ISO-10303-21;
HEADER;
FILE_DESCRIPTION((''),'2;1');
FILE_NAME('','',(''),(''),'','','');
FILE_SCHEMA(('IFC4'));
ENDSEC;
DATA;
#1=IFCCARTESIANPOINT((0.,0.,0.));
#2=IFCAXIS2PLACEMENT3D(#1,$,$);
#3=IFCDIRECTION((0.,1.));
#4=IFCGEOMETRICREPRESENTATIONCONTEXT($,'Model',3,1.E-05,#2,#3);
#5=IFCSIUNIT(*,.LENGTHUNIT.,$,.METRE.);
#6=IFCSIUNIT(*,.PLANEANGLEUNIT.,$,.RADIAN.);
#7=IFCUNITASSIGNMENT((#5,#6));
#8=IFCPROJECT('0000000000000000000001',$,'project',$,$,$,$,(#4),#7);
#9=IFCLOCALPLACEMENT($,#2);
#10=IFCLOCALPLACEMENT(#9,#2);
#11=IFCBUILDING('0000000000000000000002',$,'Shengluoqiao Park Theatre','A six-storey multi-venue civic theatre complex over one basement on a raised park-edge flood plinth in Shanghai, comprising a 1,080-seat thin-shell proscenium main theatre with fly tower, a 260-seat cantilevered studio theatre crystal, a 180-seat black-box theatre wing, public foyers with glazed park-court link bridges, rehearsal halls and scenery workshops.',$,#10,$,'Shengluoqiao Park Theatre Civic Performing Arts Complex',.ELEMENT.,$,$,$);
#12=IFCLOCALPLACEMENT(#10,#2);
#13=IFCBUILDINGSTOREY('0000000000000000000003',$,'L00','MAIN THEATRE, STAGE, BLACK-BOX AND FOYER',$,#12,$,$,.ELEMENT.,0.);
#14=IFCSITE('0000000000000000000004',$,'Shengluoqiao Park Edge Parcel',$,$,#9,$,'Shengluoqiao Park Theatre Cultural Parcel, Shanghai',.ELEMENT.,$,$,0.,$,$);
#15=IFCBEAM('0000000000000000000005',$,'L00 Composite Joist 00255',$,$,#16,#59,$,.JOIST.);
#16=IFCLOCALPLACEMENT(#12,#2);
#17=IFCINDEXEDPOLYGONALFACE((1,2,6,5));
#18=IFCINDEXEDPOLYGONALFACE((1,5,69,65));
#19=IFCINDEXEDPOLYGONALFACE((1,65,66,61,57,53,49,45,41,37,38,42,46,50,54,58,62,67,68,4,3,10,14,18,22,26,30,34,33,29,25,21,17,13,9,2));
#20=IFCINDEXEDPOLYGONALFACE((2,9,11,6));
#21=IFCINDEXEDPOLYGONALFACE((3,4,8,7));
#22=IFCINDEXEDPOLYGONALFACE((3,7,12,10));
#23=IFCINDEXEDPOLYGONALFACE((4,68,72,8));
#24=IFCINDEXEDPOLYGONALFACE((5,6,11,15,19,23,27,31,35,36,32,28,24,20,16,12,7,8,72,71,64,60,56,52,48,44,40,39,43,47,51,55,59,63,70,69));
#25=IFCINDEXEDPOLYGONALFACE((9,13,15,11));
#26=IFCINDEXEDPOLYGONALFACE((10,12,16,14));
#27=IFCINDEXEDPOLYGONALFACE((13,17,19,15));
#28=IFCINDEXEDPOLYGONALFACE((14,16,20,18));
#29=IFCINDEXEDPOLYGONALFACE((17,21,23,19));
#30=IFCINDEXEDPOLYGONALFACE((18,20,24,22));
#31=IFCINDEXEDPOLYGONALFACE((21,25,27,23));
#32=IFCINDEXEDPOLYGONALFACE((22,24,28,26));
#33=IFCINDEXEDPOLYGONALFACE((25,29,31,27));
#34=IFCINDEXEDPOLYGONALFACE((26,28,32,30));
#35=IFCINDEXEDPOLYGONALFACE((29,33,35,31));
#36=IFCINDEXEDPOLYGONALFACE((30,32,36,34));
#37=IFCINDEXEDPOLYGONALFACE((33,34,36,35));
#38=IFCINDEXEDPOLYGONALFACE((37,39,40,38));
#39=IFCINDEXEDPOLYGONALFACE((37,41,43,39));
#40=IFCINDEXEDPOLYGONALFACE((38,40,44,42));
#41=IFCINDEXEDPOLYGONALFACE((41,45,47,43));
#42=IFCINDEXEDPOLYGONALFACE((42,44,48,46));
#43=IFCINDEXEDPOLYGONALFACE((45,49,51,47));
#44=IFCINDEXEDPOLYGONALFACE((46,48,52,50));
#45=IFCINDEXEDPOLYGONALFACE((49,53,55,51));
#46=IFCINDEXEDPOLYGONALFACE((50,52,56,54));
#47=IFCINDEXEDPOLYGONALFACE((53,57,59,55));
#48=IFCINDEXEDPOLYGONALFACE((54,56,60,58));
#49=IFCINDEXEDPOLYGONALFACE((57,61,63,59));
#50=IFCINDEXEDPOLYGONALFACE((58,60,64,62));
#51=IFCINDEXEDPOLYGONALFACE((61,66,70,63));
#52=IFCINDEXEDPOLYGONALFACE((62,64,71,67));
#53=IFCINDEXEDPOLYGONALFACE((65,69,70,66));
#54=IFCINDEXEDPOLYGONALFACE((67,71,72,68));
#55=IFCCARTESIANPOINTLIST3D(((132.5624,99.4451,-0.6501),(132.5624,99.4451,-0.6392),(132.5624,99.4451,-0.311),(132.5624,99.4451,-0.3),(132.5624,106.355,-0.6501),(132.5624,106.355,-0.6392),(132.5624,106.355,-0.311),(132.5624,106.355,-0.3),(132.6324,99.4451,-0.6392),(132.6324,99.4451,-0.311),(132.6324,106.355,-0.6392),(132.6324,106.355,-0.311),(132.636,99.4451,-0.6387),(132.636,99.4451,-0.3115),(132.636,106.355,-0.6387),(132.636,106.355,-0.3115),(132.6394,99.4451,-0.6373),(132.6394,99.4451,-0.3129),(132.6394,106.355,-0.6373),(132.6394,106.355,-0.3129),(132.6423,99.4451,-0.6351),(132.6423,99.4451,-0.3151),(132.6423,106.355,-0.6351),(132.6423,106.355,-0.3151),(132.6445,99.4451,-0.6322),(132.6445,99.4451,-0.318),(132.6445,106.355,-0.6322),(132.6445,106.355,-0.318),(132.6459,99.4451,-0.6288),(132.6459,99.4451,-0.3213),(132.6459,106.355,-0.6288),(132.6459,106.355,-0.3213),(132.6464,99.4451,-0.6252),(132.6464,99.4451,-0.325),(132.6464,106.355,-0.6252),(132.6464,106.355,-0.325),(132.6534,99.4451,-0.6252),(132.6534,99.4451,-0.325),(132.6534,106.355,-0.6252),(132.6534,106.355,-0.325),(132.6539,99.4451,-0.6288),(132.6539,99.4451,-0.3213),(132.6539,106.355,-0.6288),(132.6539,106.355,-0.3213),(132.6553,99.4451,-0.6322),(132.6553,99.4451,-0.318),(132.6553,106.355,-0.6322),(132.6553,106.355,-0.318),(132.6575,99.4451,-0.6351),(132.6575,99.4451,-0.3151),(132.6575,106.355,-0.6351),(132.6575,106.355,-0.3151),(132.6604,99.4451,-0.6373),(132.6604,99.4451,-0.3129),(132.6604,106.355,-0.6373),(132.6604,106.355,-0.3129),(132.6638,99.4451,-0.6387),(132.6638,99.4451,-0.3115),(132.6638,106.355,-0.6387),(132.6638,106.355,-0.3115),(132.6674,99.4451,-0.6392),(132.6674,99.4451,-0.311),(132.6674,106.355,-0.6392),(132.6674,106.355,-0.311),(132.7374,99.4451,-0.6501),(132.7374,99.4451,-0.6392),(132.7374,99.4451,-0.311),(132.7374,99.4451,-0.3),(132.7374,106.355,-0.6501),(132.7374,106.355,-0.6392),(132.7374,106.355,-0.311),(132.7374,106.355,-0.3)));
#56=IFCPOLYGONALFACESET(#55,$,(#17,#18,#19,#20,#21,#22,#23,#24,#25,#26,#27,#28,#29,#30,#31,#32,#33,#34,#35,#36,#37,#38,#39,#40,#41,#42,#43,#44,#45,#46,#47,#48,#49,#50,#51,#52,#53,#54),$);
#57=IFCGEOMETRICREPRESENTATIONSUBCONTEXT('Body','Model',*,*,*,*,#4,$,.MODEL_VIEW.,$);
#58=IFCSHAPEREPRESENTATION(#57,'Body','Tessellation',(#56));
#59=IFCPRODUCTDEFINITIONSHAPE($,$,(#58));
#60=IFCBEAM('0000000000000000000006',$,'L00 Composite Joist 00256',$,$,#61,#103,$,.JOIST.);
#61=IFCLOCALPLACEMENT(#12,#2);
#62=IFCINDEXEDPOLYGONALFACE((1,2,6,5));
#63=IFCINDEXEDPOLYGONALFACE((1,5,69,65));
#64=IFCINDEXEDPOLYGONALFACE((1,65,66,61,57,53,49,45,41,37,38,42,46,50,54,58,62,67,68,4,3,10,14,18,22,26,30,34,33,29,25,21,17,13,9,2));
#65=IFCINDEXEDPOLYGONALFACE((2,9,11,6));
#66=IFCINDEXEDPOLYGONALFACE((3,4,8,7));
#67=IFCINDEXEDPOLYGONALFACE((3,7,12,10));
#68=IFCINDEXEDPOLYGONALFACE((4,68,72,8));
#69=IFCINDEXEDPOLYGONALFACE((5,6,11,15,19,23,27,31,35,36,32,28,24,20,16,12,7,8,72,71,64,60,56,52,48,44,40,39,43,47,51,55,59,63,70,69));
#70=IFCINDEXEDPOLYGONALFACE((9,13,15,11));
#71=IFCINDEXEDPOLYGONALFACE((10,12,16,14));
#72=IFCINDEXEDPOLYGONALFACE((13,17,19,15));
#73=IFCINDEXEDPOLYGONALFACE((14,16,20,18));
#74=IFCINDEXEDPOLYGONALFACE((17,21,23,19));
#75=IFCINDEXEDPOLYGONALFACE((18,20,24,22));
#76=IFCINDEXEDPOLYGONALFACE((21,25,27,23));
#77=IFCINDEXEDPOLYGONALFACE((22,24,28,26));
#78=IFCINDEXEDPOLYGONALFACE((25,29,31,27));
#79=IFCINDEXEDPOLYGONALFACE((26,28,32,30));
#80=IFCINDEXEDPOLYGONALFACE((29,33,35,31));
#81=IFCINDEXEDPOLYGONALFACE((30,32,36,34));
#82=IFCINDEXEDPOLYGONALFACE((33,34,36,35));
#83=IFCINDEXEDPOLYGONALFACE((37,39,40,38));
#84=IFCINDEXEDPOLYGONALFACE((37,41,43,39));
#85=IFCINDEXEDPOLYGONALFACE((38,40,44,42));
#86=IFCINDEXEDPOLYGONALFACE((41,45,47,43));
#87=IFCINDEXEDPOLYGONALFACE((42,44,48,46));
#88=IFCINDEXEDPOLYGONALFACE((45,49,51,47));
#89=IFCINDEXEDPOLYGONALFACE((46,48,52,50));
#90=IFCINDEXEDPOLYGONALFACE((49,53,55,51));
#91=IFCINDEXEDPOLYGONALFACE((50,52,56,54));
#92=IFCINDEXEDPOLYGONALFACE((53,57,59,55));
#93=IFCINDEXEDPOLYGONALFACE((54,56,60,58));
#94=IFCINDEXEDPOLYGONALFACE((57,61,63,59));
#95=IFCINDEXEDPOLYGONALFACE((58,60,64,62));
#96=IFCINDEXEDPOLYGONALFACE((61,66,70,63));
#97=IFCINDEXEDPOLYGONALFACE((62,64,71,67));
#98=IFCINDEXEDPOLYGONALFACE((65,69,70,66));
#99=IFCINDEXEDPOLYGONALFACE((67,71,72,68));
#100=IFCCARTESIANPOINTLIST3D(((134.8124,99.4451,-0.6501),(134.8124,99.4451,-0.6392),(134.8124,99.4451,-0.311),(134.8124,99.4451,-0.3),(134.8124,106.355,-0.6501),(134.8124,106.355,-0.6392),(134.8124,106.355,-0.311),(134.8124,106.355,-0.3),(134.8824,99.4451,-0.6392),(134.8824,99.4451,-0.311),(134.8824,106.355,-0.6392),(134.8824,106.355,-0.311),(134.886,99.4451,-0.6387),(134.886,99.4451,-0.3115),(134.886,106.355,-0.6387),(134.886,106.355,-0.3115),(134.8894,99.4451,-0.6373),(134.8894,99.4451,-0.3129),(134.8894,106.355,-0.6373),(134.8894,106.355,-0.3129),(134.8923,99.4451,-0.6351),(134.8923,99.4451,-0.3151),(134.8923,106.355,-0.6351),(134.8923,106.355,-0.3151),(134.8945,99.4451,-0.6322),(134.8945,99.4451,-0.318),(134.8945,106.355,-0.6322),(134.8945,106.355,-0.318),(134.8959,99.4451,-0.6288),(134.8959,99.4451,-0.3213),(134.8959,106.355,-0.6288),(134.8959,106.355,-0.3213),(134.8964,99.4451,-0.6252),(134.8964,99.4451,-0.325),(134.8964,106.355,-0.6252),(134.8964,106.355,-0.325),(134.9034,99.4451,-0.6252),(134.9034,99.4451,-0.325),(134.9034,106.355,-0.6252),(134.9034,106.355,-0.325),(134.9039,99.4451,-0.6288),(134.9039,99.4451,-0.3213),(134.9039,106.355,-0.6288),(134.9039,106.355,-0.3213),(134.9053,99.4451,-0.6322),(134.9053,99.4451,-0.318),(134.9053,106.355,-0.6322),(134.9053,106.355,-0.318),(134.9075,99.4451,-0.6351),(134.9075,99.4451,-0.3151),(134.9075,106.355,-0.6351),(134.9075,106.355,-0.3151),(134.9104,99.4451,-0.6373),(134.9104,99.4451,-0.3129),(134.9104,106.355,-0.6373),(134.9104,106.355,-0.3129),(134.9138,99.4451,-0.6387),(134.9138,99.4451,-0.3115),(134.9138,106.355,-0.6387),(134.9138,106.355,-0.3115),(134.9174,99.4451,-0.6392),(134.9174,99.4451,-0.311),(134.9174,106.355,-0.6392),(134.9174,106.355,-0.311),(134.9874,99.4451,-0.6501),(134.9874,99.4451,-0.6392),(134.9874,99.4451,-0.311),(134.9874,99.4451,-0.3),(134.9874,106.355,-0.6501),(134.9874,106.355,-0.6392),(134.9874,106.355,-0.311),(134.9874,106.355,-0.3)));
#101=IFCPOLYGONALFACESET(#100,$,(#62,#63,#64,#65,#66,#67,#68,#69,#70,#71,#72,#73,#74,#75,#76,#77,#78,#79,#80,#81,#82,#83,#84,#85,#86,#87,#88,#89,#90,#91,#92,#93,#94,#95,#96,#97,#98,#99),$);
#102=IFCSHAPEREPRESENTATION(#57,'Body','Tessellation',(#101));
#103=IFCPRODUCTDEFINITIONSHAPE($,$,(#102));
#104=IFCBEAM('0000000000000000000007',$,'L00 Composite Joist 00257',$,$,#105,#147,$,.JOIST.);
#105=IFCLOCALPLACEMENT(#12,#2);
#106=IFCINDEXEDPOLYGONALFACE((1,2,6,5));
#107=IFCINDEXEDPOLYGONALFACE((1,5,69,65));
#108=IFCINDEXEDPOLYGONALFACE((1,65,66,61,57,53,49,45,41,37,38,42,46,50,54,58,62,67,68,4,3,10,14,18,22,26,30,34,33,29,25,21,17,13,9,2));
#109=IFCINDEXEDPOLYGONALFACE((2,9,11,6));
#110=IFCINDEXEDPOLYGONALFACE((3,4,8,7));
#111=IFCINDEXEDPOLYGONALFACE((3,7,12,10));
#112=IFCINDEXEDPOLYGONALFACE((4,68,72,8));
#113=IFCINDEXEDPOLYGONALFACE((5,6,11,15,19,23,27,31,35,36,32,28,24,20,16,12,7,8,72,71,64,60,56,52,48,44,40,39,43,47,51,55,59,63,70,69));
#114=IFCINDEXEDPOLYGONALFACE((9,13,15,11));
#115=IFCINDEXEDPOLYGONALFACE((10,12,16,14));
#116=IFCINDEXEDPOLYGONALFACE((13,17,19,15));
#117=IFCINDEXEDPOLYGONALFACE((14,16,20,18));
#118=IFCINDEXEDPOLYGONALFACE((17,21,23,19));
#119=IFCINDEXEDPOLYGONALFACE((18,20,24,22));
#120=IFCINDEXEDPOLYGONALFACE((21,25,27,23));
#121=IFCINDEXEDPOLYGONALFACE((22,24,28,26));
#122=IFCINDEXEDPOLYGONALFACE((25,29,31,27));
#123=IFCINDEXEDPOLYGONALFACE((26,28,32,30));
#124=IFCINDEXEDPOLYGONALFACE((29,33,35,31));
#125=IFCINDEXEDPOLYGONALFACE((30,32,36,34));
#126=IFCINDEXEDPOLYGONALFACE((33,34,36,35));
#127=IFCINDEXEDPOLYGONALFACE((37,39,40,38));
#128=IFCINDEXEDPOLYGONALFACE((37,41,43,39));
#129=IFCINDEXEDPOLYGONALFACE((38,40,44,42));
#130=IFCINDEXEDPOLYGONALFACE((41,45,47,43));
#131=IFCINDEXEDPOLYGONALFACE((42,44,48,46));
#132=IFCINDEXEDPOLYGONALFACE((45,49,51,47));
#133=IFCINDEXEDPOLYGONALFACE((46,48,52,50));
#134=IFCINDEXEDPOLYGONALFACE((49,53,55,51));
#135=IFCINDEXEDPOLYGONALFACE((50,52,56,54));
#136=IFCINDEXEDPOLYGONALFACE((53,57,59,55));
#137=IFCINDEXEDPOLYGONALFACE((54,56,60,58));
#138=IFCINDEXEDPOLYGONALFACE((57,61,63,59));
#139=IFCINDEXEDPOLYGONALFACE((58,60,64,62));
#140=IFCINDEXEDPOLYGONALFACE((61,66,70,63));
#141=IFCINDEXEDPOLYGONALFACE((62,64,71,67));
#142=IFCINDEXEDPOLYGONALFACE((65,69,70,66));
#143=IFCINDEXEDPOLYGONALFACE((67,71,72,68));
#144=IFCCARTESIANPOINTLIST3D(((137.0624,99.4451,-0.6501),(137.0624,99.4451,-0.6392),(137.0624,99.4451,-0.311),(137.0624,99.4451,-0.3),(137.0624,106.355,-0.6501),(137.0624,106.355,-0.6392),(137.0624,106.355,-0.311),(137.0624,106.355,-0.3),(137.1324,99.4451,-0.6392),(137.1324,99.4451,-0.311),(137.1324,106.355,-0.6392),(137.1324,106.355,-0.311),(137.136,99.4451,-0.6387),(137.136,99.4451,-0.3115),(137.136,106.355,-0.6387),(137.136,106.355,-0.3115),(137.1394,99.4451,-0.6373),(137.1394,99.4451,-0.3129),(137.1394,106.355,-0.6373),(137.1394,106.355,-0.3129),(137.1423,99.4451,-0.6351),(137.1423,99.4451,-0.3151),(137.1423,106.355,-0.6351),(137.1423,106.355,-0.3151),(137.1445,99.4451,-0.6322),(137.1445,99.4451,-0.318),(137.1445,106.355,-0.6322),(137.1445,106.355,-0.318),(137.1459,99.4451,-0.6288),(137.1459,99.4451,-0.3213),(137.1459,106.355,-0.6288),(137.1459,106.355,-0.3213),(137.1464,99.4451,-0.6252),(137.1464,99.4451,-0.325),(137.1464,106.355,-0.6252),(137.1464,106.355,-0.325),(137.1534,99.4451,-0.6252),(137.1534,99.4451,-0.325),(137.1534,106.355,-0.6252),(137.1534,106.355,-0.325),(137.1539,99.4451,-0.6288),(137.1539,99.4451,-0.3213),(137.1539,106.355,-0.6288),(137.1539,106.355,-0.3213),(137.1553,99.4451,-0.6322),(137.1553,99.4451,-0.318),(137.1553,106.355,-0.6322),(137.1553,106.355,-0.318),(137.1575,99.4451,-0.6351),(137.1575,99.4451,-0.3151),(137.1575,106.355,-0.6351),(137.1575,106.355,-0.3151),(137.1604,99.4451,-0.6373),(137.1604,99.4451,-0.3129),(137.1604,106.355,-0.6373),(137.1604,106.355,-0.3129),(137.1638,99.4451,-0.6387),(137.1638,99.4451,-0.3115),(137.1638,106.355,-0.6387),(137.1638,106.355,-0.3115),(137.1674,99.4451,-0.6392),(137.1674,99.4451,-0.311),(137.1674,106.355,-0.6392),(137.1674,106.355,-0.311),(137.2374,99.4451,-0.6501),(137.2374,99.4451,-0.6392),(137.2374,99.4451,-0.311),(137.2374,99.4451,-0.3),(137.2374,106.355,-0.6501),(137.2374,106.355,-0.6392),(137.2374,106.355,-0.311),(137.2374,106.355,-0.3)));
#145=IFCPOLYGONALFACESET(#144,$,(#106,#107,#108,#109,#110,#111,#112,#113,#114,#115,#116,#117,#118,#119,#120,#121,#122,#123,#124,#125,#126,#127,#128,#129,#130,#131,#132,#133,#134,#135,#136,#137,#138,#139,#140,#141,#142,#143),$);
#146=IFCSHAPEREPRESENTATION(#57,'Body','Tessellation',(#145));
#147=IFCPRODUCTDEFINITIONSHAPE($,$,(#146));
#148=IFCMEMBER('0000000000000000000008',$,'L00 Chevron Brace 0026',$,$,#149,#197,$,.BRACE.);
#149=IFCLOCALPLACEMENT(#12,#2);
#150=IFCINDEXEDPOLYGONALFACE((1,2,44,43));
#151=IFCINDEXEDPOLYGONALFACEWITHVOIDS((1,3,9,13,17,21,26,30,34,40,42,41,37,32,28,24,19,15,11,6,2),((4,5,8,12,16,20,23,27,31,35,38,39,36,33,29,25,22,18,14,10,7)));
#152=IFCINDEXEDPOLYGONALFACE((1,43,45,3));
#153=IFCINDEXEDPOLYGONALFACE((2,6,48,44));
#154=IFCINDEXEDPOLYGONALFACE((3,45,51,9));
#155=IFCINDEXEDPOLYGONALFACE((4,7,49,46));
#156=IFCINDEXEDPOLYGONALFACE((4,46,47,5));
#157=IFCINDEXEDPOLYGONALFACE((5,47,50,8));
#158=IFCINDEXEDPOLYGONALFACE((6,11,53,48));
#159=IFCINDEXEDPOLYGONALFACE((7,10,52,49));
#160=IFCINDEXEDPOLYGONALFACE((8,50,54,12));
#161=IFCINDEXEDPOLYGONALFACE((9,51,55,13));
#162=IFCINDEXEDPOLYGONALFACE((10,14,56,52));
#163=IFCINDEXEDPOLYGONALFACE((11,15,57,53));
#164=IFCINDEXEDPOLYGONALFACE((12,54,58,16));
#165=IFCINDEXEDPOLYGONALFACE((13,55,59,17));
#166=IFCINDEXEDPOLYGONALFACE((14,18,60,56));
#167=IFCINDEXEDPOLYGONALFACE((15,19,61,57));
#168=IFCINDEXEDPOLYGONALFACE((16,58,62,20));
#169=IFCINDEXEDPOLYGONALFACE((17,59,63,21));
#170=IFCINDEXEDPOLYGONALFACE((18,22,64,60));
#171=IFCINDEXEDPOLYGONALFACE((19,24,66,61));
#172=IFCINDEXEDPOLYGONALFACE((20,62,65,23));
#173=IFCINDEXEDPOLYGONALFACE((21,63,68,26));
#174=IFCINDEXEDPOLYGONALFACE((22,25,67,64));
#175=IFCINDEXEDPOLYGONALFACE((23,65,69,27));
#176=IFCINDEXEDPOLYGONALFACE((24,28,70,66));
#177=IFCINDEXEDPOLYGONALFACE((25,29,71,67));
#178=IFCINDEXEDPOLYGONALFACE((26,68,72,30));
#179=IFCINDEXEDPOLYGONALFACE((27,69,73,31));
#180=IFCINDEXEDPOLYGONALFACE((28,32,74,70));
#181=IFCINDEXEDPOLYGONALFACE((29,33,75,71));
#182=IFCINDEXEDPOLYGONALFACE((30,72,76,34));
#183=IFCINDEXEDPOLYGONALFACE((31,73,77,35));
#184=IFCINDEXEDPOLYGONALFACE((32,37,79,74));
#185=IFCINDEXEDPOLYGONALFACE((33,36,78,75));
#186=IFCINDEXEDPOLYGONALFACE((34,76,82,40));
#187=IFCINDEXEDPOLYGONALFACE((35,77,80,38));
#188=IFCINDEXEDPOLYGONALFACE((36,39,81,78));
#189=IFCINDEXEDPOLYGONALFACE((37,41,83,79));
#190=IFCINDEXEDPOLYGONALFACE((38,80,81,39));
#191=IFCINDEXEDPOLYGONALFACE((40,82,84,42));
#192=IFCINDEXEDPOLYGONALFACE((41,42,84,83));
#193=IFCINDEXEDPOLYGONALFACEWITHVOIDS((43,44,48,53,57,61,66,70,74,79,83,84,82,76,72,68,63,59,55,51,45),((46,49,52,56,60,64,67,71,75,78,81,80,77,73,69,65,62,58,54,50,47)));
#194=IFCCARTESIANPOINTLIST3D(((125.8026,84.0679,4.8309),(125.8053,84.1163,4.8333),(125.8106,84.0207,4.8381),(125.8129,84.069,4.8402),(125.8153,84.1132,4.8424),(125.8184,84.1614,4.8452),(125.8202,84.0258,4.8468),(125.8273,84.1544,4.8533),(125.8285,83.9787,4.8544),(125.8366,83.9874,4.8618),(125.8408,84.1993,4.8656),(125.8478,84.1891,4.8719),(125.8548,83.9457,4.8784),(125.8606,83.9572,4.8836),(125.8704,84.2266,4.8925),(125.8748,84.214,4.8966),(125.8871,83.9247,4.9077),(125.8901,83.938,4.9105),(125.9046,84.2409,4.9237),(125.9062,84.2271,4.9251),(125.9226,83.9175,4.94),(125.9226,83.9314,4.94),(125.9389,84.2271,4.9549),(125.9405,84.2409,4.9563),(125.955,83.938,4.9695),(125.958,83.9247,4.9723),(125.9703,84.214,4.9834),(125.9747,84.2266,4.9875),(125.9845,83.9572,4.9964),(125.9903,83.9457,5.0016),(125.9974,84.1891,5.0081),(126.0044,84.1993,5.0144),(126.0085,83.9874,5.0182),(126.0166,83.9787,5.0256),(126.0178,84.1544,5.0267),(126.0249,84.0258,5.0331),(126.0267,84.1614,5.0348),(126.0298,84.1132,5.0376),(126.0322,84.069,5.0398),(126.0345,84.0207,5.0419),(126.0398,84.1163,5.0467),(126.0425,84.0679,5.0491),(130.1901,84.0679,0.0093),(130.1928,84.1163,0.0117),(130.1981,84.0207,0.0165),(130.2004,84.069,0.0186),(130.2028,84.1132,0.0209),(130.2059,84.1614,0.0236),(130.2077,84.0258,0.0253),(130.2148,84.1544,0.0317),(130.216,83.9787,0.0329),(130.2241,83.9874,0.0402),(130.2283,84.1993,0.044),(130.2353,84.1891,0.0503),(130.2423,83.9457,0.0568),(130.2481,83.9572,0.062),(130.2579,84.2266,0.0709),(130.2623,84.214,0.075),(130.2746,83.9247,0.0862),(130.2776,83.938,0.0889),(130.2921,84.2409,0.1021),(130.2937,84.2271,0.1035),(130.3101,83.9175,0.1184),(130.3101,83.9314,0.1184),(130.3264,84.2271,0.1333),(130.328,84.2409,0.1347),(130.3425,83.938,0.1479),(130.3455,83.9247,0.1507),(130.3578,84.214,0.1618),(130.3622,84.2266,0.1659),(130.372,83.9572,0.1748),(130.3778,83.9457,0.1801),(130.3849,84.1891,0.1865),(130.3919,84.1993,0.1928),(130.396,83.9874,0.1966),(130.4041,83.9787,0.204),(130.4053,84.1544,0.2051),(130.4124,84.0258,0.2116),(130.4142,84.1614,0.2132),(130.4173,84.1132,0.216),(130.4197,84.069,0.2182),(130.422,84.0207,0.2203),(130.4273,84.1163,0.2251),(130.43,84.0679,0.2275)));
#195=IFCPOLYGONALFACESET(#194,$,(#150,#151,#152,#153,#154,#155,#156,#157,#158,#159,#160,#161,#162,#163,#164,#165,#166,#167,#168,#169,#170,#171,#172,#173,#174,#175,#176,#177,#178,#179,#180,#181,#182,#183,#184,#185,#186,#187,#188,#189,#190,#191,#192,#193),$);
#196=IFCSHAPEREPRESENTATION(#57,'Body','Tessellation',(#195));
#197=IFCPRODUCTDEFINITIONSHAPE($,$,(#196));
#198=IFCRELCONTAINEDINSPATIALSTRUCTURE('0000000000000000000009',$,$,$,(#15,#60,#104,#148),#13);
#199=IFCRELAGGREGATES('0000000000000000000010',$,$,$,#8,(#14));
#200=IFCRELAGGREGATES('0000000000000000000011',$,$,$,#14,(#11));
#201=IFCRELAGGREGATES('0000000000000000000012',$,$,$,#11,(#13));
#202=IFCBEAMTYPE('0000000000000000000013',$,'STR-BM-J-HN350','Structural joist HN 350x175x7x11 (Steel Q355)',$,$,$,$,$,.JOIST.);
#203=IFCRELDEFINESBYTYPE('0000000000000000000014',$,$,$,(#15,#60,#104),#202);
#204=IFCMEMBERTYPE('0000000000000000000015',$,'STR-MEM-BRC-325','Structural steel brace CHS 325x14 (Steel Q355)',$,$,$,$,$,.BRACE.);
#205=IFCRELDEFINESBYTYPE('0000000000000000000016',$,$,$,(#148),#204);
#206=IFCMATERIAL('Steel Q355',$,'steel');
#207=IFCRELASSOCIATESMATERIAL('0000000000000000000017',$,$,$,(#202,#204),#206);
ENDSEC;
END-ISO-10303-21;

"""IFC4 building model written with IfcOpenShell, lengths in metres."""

from ifc_helpers import new_model, si_unit, direction, frame, origin, origin_2d, place, context, subcontext, project, spatial, hollow_circle, i_section, extrude, material, material_profile, profile_set, type_object, element, save


model = new_model("IFC4")

# Units and contexts
model_context = context("Model", 3, precision=1e-05, world=origin(), true_north=direction((0.0, 1.0)))
body_context = subcontext(model_context, "Body", "Model", "MODEL_VIEW")
ifc_project = project(units=[si_unit("LENGTHUNIT", "METRE"), si_unit("PLANEANGLEUNIT", "RADIAN")], contexts=[model_context])

# Site, building, storey
site_placement = place(None, origin())
site = spatial("IfcSite", under=ifc_project, at=site_placement, Name="Shengluoqiao Park Edge Parcel", LongName="Shengluoqiao Park Theatre Cultural Parcel, Shanghai", CompositionType="ELEMENT", RefElevation=0.0)
building_placement = place(site_placement, origin())
building = spatial("IfcBuilding", under=site, at=building_placement, Name="Shengluoqiao Park Theatre", Description="A six-storey multi-venue civic theatre complex over one basement on a raised park-edge flood plinth in Shanghai, comprising a 1,080-seat thin-shell proscenium main theatre with fly tower, a 260-seat cantilevered studio theatre crystal, a 180-seat black-box theatre wing, public foyers with glazed park-court link bridges, rehearsal halls and scenery workshops.", LongName="Shengluoqiao Park Theatre Civic Performing Arts Complex", CompositionType="ELEMENT")
storey_placement = place(building_placement, origin())
storey = spatial("IfcBuildingStorey", under=building, at=storey_placement, Name="L00", Description="MAIN THEATRE, STAGE, BLACK-BOX AND FOYER", CompositionType="ELEMENT", Elevation=0.0)

# Beams
ifc_material_1 = material(Name="Steel Q355", Category="steel")
ifc_material_profile_1 = material_profile(ifc_material_1, i_section(OverallWidth=0.175, OverallDepth=0.3501, WebThickness=0.0071, FlangeThickness=0.011, FilletRadius=0.0139, at=origin_2d()), Name="HN 350x175x7x11")
ifc_profile_set_1 = profile_set([ifc_material_profile_1], Name="Steel Q355")
beam_type_1 = type_object("IfcBeamType", Name="STR-BM-J-HN350", Description="Structural joist HN 350x175x7x11 (Steel Q355)", PredefinedType="JOIST", material=ifc_profile_set_1)
for number, where, z_axis, x_axis, name in (
    (1, (132.6499, 99.4451, -0.4751), (0.0, 1.0, 0.0), (-1.0, 0.0, 0.0), "L00 Composite Joist 00255"),
    (2, (134.8999, 99.4451, -0.4751), (0.0, 1.0, 0.0), (-1.0, 0.0, 0.0), "L00 Composite Joist 00256"),
    (3, (137.1499, 99.4451, -0.4751), (0.0, 1.0, 0.0), (-1.0, 0.0, 0.0), "L00 Composite Joist 00257"),
):
    element("IfcBeam", number, at=place(storey_placement, frame(where, z_axis=z_axis, x_axis=x_axis)), inside=storey, type_object=beam_type_1, Name=name, PredefinedType="JOIST", context=body_context, shape_type="SweptSolid", body=[
        extrude(i_section(OverallWidth=0.175, OverallDepth=0.3501, WebThickness=0.0071, FlangeThickness=0.011, FilletRadius=0.0139, at=origin_2d()), origin(), (0.0, 0.0, 1.0), 6.9099),
    ])

# Member
ifc_material_profile_2 = material_profile(ifc_material_1, hollow_circle(Radius=0.1626, WallThickness=0.0139, at=origin_2d()), Name="CHS 325x14")
ifc_profile_set_2 = profile_set([ifc_material_profile_2], Name="Steel Q355")
member_type = type_object("IfcMemberType", Name="STR-MEM-BRC-325", Description="Structural steel brace CHS 325x14 (Steel Q355)", PredefinedType="BRACE", material=ifc_profile_set_2)
member_placement = place(storey_placement, frame((130.3101, 84.0801, 0.1184), z_axis=(-0.673029, 0.0, 0.739616), x_axis=(0.0, -1.0, 0.0)))
element("IfcMember", 4, at=member_placement, inside=storey, type_object=member_type, Name="L00 Chevron Brace 0026", PredefinedType="BRACE", context=body_context, shape_type="SweptSolid", body=[
    extrude(hollow_circle(Radius=0.1626, WallThickness=0.0139, at=origin_2d()), origin(), (0.0, 0.0, 1.0), 6.519),
])

save(model, "model.ifc")
